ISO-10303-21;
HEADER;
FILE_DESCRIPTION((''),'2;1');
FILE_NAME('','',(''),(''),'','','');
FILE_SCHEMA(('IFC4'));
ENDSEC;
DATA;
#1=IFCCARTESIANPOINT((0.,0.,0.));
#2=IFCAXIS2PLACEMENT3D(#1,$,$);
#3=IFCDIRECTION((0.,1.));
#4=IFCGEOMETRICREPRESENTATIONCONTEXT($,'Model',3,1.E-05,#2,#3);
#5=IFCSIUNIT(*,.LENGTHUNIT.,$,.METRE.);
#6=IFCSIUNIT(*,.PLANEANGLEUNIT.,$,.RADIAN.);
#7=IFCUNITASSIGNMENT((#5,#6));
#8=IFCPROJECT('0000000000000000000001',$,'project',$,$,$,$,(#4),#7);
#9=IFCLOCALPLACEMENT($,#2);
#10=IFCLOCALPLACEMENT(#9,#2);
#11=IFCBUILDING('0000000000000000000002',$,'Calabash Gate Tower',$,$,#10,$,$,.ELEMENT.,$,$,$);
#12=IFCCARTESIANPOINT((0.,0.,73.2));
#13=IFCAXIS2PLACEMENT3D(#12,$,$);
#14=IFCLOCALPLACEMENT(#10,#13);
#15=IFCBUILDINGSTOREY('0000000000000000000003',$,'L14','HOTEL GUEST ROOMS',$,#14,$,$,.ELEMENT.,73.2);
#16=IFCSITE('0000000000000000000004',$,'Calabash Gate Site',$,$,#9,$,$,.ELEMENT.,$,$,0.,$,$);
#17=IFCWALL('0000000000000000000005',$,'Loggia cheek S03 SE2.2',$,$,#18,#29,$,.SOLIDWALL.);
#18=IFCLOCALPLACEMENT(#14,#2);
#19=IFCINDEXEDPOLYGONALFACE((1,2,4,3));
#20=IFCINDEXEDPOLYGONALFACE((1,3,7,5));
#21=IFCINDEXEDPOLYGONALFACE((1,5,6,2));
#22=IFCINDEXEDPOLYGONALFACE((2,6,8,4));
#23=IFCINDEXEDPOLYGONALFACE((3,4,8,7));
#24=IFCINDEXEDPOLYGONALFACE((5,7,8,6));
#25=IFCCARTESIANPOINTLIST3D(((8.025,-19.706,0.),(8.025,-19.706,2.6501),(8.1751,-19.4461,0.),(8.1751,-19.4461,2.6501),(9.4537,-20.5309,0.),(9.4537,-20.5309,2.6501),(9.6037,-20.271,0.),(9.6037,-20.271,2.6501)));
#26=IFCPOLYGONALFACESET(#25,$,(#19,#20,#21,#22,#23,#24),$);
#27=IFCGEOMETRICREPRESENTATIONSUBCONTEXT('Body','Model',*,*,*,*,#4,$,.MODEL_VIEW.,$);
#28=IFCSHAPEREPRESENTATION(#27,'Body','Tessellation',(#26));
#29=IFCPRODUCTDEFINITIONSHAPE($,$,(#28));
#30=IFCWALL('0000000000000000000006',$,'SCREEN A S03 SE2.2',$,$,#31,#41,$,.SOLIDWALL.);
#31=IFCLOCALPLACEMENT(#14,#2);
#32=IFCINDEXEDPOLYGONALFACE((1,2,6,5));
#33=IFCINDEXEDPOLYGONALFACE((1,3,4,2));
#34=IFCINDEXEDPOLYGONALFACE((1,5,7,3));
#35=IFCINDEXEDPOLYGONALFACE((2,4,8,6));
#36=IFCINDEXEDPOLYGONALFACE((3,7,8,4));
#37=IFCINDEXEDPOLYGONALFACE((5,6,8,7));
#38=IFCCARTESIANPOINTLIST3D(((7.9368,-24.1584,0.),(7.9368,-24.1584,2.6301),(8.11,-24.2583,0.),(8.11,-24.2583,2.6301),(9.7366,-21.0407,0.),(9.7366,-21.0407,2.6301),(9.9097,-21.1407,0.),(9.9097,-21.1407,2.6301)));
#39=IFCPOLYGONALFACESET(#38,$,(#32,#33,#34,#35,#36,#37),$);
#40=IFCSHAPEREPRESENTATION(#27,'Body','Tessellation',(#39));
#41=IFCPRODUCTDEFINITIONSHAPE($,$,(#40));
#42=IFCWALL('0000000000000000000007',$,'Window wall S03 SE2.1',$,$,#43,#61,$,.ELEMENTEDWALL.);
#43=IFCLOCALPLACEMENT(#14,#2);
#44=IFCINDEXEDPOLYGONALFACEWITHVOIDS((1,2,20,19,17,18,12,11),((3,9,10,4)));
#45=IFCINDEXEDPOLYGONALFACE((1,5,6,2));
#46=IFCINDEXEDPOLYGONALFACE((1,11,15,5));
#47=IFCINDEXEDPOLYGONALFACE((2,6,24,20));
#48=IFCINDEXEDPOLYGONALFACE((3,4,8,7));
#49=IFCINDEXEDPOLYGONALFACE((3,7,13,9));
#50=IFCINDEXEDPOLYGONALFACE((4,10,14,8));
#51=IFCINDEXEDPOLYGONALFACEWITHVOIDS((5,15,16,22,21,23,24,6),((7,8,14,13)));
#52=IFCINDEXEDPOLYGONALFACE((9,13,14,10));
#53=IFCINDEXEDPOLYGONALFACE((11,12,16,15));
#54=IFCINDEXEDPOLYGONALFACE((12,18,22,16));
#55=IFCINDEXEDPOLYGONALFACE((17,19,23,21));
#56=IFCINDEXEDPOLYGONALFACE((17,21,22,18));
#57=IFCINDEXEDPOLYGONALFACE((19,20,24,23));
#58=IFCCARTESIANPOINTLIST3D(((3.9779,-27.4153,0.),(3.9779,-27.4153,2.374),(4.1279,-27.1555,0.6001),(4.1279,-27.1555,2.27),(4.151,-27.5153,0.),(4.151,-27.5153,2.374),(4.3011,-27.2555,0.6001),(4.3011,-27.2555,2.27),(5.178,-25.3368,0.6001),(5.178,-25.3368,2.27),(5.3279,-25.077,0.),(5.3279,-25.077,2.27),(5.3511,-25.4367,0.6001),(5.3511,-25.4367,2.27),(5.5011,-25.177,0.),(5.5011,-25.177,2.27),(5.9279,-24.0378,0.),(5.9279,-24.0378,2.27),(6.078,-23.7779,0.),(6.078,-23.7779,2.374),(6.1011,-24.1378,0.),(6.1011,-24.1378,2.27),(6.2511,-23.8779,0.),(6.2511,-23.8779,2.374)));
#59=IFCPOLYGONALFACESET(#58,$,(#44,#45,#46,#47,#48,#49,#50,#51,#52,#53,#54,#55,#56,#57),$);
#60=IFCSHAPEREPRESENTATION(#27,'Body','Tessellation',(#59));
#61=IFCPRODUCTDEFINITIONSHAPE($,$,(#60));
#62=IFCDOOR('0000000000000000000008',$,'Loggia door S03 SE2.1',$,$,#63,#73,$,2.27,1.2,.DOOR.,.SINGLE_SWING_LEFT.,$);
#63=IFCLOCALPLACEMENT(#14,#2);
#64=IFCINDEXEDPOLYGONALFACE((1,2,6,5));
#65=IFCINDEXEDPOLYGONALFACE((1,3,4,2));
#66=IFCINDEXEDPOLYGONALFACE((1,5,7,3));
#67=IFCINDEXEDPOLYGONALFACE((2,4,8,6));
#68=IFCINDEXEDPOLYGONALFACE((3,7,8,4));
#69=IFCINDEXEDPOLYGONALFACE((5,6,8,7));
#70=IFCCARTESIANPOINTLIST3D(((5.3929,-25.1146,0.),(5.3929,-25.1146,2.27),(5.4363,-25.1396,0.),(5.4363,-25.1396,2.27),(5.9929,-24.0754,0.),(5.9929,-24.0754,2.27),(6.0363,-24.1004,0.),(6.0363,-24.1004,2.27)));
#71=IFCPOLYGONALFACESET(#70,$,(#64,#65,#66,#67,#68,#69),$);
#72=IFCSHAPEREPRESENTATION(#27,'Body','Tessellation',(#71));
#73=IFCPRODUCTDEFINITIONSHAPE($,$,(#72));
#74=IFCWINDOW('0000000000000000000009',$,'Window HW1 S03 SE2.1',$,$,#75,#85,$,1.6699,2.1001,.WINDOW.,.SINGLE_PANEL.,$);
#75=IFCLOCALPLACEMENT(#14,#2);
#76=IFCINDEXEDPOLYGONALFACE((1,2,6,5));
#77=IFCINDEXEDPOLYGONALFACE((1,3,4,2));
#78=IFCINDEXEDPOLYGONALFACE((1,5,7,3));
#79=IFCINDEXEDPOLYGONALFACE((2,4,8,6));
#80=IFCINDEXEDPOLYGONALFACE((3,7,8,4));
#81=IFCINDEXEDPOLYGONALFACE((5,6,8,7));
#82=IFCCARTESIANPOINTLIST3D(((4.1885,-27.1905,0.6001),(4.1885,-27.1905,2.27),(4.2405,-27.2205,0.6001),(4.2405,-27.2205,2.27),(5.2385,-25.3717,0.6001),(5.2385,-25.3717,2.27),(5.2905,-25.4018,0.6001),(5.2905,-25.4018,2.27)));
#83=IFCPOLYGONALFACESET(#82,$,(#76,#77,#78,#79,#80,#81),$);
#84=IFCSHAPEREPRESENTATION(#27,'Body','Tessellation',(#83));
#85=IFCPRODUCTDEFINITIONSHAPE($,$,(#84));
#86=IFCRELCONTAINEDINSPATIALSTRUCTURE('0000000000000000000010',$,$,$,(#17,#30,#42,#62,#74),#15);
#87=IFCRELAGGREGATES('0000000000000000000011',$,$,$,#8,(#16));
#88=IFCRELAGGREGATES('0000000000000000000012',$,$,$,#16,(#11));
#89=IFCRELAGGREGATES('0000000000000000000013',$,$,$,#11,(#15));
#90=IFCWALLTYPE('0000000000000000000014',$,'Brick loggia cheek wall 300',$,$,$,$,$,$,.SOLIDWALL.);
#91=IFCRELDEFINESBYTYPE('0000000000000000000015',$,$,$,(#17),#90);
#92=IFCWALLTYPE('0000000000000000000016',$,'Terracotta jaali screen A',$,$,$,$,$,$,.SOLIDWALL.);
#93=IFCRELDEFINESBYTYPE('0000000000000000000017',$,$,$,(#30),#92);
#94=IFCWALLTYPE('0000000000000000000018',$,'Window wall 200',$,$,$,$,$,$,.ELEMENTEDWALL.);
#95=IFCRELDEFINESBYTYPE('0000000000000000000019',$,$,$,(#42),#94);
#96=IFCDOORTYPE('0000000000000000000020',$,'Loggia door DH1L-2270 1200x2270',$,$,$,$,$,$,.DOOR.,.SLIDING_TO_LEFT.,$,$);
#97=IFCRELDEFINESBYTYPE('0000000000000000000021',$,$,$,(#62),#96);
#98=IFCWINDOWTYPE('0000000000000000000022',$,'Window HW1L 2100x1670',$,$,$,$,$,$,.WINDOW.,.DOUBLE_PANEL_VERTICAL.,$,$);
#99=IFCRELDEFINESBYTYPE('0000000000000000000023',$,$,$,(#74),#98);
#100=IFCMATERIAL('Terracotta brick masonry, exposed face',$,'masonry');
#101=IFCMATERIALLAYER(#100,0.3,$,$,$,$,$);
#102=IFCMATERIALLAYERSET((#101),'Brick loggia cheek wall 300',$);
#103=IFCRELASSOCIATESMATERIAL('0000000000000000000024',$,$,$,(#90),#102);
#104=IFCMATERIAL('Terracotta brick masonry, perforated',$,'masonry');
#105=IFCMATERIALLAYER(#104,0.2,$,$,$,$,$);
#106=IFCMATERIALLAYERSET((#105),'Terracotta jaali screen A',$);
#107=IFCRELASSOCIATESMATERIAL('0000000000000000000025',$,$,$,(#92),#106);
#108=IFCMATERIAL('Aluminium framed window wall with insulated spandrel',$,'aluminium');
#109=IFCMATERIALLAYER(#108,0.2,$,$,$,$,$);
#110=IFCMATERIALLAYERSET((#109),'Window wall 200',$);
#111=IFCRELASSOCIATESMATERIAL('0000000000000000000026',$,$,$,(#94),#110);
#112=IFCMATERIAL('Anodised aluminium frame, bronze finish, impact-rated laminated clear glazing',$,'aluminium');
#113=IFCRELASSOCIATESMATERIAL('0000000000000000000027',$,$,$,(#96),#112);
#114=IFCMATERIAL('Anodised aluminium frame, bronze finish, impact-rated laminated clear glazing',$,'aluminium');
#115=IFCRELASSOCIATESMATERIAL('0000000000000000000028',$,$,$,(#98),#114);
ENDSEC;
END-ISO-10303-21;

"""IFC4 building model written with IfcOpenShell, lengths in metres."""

from ifc_helpers import new_model, si_unit, direction, frame, frame_2d, origin, place, context, subcontext, project, spatial, rectangle, extrude, material, layer, layer_set, type_object, element, fill, save


model = new_model("IFC4")

# Units and contexts
model_context = context("Model", 3, precision=1e-05, world=origin(), true_north=direction((0.0, 1.0)))
body_context = subcontext(model_context, "Body", "Model", "MODEL_VIEW")
ifc_project = project(units=[si_unit("LENGTHUNIT", "METRE"), si_unit("PLANEANGLEUNIT", "RADIAN")], contexts=[model_context])

# Site, building, storey
site_placement = place(None, origin())
site = spatial("IfcSite", under=ifc_project, at=site_placement, Name="Calabash Gate Site", CompositionType="ELEMENT", RefElevation=0.0)
building_placement = place(site_placement, origin())
building = spatial("IfcBuilding", under=site, at=building_placement, Name="Calabash Gate Tower", CompositionType="ELEMENT")
storey_placement = place(building_placement, frame((0.0, 0.0, 73.2)))
storey = spatial("IfcBuildingStorey", under=building, at=storey_placement, Name="L14", Description="HOTEL GUEST ROOMS", CompositionType="ELEMENT", Elevation=73.2)

# Walls
ifc_material_1 = material(Name="Terracotta brick masonry, exposed face", Category="masonry")
ifc_layer_1 = layer(ifc_material_1, 0.3)
ifc_layer_set_1 = layer_set([ifc_layer_1], Name="Brick loggia cheek wall 300")
wall_type_1 = type_object("IfcWallType", Name="Brick loggia cheek wall 300", PredefinedType="SOLIDWALL", material=ifc_layer_set_1)
wall_1_placement = place(storey_placement, frame((9.5286, -20.4009, 0.0), z_axis=(0.0, 0.0, 1.0), x_axis=(-0.866003, 0.500038, 0.0)))
element("IfcWall", 1, at=wall_1_placement, inside=storey, type_object=wall_type_1, Name="Loggia cheek S03 SE2.2", PredefinedType="SOLIDWALL", context=body_context, shape_type="SweptSolid", body=[
    extrude(rectangle(XDim=1.6497, YDim=0.3, at=frame_2d((0.8247, 0.0))), origin(), (0.0, 0.0, 1.0), 2.6501),
])
ifc_material_2 = material(Name="Terracotta brick masonry, perforated", Category="masonry")
ifc_layer_2 = layer(ifc_material_2, 0.2)
ifc_layer_set_2 = layer_set([ifc_layer_2], Name="Terracotta jaali screen A")
wall_type_2 = type_object("IfcWallType", Name="Terracotta jaali screen A", PredefinedType="SOLIDWALL", material=ifc_layer_set_2)
wall_2_placement = place(storey_placement, frame((8.0234, -24.2083, 0.0), z_axis=(0.0, 0.0, 1.0), x_axis=(0.499961, 0.866048, 0.0)))
element("IfcWall", 2, at=wall_2_placement, inside=storey, type_object=wall_type_2, Name="SCREEN A S03 SE2.2", PredefinedType="SOLIDWALL", context=body_context, shape_type="SweptSolid", body=[
    extrude(rectangle(XDim=3.5999, YDim=0.2, at=frame_2d((1.7998, 0.0))), origin(), (0.0, 0.0, 1.0), 2.6301),
])

# Wall, openings, door, window
ifc_material_3 = material(Name="Aluminium framed window wall with insulated spandrel", Category="aluminium")
ifc_layer_3 = layer(ifc_material_3, 0.2)
ifc_layer_set_3 = layer_set([ifc_layer_3], Name="Window wall 200")
wall_type_3 = type_object("IfcWallType", Name="Window wall 200", PredefinedType="ELEMENTEDWALL", material=ifc_layer_set_3)
wall_3_placement = place(storey_placement, frame((4.0645, -27.4653, 0.0), z_axis=(0.0, 0.0, 1.0), x_axis=(0.500003, 0.866024, 0.0)))
wall_3 = element("IfcWall", 3, at=wall_3_placement, inside=storey, type_object=wall_type_3, Name="Window wall S03 SE2.1", PredefinedType="ELEMENTEDWALL", context=body_context, shape_type="SweptSolid", body=[
    extrude(rectangle(XDim=4.2002, YDim=0.2, at=frame_2d((2.1001, 0.0))), origin(), (0.0, 0.0, 1.0), 2.374),
])
opening_1_placement = place(wall_3_placement, frame((0.3, 0.0, 0.6001)))
opening_1 = element("IfcOpeningElement", 4, at=opening_1_placement, cuts=wall_3, PredefinedType="OPENING", context=body_context, shape_type="SweptSolid", body=[
    extrude(rectangle(XDim=2.1001, YDim=1.6699, at=frame_2d((1.05, 0.835))), frame((0.0, 0.1099, 0.0), z_axis=(0.0, -1.0, 0.0), x_axis=(1.0, 0.0, 0.0)), (0.0, 0.0, 1.0), 0.22),
])
opening_2_placement = place(wall_3_placement, frame((2.7, 0.0, 0.0)))
opening_2 = element("IfcOpeningElement", 5, at=opening_2_placement, cuts=wall_3, PredefinedType="OPENING", context=body_context, shape_type="SweptSolid", body=[
    extrude(rectangle(XDim=1.2, YDim=2.27, at=frame_2d((0.6001, 1.135))), frame((0.0, 0.1099, 0.0), z_axis=(0.0, -1.0, 0.0), x_axis=(1.0, 0.0, 0.0)), (0.0, 0.0, 1.0), 0.22),
])
ifc_material_4 = material(Name="Anodised aluminium frame, bronze finish, impact-rated laminated clear glazing", Category="aluminium")
door_type_1 = type_object("IfcDoorType", Name="Loggia door DH1L-2270 1200x2270", OperationType="SLIDING_TO_LEFT", PredefinedType="DOOR", material=ifc_material_4)
door_1_placement = place(opening_2_placement, origin())
door_1 = element("IfcDoor", 6, at=door_1_placement, inside=storey, type_object=door_type_1, Name="Loggia door S03 SE2.1", OperationType="SINGLE_SWING_LEFT", OverallHeight=2.27, OverallWidth=1.2, PredefinedType="DOOR", context=body_context, shape_type="SweptSolid", body=[
    extrude(rectangle(XDim=1.2, YDim=2.27, at=frame_2d((0.6001, 1.135))), frame((0.0, 0.0249, 0.0), z_axis=(0.0, -1.0, 0.0), x_axis=(1.0, 0.0, 0.0)), (0.0, 0.0, 1.0), 0.05),
])
fill(opening_2, door_1)
ifc_material_5 = material(Name="Anodised aluminium frame, bronze finish, impact-rated laminated clear glazing", Category="aluminium")
window_type_1 = type_object("IfcWindowType", Name="Window HW1L 2100x1670", PartitioningType="DOUBLE_PANEL_VERTICAL", PredefinedType="WINDOW", material=ifc_material_5)
window_1_placement = place(opening_1_placement, origin())
window_1 = element("IfcWindow", 7, at=window_1_placement, inside=storey, type_object=window_type_1, Name="Window HW1 S03 SE2.1", OverallHeight=1.6699, OverallWidth=2.1001, PartitioningType="SINGLE_PANEL", PredefinedType="WINDOW", context=body_context, shape_type="SweptSolid", body=[
    extrude(rectangle(XDim=2.1001, YDim=1.6699, at=frame_2d((1.05, 0.835))), frame((0.0, 0.03, 0.0), z_axis=(0.0, -1.0, 0.0), x_axis=(1.0, 0.0, 0.0)), (0.0, 0.0, 1.0), 0.0601),
])
fill(opening_1, window_1)

save(model, "model.ifc")
